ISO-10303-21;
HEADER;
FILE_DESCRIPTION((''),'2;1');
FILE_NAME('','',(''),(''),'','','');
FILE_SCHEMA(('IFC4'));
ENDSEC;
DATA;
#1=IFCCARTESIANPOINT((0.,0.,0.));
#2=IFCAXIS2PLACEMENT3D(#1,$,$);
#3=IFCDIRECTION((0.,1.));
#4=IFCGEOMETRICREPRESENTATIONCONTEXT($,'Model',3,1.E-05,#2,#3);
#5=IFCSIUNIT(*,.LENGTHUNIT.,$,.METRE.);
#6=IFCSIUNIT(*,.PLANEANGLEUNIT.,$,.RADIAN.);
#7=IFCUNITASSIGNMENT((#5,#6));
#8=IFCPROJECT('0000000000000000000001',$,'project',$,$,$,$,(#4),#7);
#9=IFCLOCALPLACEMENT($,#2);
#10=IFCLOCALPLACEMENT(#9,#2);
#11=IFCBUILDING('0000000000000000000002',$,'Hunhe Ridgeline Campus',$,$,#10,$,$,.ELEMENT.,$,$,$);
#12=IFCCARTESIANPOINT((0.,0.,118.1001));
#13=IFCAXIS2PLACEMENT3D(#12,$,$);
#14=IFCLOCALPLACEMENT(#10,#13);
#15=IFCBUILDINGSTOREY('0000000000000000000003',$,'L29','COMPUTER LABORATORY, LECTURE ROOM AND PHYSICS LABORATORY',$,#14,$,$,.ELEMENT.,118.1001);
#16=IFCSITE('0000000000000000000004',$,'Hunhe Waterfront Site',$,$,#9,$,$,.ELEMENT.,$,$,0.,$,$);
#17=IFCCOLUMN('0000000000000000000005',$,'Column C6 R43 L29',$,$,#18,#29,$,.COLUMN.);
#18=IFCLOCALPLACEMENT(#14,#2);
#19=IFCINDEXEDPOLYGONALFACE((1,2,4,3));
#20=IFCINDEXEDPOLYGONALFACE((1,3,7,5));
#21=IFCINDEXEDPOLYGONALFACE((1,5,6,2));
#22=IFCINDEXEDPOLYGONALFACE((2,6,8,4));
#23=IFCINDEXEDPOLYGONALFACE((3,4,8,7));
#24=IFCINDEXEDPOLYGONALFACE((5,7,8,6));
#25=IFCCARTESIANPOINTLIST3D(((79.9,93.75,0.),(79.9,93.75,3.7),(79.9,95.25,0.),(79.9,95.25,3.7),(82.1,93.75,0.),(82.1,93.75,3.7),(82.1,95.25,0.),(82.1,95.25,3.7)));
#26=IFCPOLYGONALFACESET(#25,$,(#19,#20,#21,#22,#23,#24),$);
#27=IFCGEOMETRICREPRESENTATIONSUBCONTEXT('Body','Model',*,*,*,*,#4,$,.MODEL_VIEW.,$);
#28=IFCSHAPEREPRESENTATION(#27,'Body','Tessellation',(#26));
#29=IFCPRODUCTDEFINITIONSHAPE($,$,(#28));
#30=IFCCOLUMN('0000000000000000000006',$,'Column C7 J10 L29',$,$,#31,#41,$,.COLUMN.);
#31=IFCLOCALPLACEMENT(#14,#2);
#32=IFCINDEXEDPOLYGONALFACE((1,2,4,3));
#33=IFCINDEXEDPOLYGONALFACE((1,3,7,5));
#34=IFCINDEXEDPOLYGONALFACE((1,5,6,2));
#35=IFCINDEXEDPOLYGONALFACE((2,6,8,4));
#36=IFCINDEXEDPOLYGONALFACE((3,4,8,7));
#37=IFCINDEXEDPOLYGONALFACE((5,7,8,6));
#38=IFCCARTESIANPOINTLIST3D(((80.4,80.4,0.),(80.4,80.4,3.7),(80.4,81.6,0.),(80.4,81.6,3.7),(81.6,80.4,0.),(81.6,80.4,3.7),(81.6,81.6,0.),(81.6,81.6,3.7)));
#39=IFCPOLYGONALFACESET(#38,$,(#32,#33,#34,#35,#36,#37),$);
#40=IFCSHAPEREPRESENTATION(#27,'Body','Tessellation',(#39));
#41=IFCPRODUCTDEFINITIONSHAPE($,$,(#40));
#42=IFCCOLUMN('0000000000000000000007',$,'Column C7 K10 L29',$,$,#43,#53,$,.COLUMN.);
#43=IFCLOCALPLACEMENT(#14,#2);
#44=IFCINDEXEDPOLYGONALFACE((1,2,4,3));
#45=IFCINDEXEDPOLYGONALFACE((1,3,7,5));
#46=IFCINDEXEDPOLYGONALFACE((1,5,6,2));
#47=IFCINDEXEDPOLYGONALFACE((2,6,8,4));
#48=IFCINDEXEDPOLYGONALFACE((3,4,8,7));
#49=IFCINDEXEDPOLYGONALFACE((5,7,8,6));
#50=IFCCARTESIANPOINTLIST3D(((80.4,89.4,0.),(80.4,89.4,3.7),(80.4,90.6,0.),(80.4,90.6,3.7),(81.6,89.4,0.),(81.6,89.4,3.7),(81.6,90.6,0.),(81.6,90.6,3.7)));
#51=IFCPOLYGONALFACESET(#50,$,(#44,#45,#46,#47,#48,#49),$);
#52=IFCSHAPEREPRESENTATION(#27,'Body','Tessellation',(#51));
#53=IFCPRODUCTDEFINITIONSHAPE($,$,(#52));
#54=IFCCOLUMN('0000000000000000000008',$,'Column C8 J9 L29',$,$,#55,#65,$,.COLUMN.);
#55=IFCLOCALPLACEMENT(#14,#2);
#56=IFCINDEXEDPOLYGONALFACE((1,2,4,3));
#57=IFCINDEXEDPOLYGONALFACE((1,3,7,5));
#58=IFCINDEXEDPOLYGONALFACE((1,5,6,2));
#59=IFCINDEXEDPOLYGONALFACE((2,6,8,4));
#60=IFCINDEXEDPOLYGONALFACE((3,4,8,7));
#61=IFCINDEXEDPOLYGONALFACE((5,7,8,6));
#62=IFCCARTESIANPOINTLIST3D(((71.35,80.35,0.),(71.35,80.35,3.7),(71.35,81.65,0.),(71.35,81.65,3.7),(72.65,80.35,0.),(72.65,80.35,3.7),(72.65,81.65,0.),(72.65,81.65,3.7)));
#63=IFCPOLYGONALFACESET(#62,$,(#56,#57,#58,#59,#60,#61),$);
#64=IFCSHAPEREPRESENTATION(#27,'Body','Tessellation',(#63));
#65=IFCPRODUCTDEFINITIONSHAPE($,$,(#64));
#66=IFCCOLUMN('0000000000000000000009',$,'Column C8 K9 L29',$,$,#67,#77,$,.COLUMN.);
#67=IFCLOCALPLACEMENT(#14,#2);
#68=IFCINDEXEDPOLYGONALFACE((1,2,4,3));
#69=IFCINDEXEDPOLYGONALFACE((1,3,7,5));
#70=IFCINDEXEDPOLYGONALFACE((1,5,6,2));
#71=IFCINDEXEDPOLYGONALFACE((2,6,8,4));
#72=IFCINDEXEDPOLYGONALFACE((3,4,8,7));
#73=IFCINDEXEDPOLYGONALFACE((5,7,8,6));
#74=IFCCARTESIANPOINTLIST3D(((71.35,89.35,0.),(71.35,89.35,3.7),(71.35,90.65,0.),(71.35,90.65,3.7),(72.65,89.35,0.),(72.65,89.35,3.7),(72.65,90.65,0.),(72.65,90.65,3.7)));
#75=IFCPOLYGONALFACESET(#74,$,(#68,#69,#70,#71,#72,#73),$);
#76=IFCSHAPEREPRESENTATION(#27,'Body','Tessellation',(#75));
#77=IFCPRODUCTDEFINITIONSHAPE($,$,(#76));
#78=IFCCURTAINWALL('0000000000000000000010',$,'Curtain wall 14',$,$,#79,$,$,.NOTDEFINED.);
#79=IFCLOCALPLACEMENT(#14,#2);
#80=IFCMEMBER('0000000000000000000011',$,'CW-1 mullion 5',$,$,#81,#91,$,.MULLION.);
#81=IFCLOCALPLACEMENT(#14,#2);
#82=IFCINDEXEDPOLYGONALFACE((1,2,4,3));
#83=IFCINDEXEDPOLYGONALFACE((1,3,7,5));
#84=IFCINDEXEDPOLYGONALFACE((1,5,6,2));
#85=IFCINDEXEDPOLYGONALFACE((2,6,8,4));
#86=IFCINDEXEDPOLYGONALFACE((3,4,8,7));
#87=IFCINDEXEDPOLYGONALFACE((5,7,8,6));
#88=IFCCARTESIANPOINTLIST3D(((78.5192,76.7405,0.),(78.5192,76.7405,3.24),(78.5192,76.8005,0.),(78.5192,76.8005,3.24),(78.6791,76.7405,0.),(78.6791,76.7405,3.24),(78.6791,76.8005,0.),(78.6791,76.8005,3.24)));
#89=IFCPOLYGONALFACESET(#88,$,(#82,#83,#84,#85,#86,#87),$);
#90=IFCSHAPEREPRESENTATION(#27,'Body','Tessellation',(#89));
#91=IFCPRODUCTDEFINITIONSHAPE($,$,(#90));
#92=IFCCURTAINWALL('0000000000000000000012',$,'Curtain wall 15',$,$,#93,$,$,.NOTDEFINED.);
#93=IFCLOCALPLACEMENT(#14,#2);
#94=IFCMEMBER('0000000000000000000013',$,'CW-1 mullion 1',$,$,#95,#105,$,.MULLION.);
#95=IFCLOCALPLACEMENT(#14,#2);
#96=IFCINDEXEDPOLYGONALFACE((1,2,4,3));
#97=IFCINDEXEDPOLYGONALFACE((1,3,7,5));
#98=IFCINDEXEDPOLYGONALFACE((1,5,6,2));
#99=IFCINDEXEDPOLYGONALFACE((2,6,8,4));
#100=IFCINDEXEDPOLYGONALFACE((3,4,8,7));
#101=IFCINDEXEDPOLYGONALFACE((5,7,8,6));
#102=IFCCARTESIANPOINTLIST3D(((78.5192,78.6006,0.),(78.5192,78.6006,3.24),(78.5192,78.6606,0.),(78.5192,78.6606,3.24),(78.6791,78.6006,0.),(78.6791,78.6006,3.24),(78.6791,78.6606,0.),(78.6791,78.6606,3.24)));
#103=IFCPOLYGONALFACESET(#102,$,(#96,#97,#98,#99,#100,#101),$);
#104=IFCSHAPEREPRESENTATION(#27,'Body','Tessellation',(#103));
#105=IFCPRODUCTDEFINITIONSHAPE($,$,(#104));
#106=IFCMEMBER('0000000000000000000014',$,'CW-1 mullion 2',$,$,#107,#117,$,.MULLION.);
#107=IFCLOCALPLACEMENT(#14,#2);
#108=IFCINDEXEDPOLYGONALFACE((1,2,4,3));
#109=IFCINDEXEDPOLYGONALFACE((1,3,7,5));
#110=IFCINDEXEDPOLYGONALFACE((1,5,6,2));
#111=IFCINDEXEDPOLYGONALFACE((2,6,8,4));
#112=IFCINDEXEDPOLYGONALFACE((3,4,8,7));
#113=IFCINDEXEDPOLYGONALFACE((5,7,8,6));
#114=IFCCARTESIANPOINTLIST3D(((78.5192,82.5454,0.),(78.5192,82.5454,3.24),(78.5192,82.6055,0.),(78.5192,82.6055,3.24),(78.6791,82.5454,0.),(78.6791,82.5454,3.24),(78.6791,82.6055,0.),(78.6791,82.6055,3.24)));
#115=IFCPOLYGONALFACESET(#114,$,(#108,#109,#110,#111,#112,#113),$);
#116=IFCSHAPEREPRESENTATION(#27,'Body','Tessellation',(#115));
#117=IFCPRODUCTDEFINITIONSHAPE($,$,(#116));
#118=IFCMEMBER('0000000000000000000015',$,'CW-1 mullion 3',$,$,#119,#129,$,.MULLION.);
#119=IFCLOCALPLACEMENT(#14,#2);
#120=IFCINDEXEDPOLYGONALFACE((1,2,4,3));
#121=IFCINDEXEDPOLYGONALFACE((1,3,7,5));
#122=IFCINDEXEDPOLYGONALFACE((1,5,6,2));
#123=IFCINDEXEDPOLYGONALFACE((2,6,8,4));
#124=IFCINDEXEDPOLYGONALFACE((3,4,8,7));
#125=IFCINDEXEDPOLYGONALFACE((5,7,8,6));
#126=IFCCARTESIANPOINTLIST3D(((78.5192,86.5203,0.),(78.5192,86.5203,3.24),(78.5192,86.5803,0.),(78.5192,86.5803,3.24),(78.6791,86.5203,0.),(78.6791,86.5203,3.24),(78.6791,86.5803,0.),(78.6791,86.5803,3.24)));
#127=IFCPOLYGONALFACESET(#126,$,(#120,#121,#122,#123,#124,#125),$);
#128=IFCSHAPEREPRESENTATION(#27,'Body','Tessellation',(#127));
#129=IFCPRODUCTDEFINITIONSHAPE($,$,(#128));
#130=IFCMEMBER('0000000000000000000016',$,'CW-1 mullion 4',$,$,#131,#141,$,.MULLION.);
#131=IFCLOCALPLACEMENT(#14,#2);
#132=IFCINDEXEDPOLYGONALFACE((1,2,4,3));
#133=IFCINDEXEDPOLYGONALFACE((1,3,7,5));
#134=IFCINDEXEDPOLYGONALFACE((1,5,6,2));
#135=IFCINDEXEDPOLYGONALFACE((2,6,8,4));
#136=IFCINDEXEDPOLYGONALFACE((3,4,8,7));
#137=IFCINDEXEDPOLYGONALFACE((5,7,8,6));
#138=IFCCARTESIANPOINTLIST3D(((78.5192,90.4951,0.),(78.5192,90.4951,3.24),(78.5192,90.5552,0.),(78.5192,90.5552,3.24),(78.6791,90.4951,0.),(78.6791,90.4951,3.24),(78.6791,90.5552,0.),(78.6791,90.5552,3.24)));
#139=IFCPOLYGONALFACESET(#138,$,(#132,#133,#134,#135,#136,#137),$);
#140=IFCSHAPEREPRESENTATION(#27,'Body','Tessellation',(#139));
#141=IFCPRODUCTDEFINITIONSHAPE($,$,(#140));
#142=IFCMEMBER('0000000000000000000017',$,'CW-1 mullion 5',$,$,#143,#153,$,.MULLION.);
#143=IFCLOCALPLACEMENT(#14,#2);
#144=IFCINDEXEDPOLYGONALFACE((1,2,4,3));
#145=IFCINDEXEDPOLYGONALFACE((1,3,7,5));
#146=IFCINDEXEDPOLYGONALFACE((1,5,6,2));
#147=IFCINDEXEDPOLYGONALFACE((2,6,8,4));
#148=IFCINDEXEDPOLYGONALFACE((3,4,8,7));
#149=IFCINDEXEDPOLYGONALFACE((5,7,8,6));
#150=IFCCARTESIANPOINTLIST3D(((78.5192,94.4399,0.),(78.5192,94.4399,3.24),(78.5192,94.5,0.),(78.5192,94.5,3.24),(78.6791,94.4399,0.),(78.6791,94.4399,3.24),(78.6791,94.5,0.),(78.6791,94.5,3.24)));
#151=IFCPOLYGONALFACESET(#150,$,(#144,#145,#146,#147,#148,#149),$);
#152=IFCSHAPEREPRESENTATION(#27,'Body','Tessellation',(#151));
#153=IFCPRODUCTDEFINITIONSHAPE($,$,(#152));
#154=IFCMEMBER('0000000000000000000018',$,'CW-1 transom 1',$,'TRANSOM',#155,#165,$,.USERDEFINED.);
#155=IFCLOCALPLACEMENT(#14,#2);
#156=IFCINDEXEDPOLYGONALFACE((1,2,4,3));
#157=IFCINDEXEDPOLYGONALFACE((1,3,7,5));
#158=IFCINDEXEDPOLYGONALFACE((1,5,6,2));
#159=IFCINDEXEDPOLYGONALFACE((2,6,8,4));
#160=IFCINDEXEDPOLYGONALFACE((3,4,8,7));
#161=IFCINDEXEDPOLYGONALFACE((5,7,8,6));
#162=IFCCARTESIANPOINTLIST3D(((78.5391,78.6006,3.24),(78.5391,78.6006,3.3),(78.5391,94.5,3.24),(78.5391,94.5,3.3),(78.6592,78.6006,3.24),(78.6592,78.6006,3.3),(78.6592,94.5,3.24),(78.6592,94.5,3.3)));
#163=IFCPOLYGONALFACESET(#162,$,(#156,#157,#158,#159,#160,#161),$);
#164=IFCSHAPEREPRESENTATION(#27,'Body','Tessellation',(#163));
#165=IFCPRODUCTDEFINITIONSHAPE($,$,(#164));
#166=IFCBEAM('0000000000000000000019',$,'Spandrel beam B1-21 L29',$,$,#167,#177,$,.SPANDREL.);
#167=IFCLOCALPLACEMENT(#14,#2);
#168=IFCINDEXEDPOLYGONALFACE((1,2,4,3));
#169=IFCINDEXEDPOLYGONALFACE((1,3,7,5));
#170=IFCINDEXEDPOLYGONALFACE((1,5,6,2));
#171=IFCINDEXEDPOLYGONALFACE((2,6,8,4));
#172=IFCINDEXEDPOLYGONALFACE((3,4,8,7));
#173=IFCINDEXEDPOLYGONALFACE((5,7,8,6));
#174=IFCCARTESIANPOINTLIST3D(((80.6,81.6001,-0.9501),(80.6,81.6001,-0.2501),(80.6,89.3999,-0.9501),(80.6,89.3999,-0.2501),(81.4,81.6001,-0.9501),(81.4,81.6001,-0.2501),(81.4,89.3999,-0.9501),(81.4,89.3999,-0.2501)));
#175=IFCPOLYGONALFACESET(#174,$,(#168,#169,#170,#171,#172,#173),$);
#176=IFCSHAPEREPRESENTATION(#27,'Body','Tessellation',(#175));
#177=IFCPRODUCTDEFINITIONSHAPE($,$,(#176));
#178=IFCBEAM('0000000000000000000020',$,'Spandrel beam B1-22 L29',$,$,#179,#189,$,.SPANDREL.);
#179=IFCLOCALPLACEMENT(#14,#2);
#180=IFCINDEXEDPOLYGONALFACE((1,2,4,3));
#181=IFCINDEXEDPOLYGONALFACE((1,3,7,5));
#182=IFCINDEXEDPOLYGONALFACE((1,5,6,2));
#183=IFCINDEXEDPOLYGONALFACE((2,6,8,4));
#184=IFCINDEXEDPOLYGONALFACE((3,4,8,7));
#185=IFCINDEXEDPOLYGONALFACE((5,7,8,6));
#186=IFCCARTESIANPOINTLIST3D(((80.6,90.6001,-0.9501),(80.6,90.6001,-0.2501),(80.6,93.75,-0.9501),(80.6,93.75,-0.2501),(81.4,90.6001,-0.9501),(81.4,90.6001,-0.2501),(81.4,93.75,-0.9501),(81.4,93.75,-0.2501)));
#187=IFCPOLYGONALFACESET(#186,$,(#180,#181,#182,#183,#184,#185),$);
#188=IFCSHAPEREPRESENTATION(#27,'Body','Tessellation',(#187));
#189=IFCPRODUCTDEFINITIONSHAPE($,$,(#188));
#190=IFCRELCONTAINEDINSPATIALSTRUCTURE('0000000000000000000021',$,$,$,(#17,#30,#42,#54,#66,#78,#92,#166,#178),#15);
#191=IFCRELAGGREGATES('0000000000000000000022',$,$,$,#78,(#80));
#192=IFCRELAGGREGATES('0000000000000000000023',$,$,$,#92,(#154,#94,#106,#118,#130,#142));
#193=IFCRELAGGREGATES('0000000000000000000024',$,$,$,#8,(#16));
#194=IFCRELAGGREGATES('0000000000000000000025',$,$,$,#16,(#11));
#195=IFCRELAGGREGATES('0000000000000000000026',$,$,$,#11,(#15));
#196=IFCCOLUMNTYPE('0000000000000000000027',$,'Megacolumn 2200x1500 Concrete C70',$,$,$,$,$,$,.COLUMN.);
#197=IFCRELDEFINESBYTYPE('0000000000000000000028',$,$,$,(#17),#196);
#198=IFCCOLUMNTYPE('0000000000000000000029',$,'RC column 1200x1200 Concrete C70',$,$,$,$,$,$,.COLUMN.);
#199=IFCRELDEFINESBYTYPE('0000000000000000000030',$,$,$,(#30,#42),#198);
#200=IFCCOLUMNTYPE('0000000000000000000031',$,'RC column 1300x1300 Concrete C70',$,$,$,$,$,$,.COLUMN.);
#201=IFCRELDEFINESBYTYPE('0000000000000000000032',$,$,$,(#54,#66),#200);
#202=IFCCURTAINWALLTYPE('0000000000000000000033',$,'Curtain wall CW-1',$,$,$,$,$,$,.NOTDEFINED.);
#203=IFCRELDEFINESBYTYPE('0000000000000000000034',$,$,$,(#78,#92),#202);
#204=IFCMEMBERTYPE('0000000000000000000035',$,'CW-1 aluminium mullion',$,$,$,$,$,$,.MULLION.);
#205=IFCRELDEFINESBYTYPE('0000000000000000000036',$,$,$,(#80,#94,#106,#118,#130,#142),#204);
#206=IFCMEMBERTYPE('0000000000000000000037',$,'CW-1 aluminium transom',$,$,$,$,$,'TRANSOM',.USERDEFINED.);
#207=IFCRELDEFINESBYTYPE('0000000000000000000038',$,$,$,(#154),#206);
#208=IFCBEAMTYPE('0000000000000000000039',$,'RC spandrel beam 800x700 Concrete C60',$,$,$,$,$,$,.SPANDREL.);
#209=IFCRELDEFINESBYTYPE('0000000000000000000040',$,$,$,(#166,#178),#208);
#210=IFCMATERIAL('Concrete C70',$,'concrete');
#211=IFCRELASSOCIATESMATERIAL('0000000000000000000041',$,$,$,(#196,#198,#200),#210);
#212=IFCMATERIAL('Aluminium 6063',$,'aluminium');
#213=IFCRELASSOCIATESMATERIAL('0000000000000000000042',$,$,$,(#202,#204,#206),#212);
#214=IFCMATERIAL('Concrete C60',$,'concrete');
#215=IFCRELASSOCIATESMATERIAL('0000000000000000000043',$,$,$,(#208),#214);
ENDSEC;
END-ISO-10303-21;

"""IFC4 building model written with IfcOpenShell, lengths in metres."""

from ifc_helpers import new_model, si_unit, direction, frame, origin, origin_2d, place, context, subcontext, project, spatial, rectangle, extrude, material, material_profile, profile_set, type_object, element, aggregate, save


model = new_model("IFC4")

# Units and contexts
model_context = context("Model", 3, precision=1e-05, world=origin(), true_north=direction((0.0, 1.0)))
body_context = subcontext(model_context, "Body", "Model", "MODEL_VIEW")
ifc_project = project(units=[si_unit("LENGTHUNIT", "METRE"), si_unit("PLANEANGLEUNIT", "RADIAN")], contexts=[model_context])

# Site, building, storey
site_placement = place(None, origin())
site = spatial("IfcSite", under=ifc_project, at=site_placement, Name="Hunhe Waterfront Site", CompositionType="ELEMENT", RefElevation=0.0)
building_placement = place(site_placement, origin())
building = spatial("IfcBuilding", under=site, at=building_placement, Name="Hunhe Ridgeline Campus", CompositionType="ELEMENT")
storey_placement = place(building_placement, frame((0.0, 0.0, 118.1001)))
storey = spatial("IfcBuildingStorey", under=building, at=storey_placement, Name="L29", Description="COMPUTER LABORATORY, LECTURE ROOM AND PHYSICS LABORATORY", CompositionType="ELEMENT", Elevation=118.1001)

# Columns
ifc_material_1 = material(Name="Concrete C70", Category="concrete")
ifc_material_profile_1 = material_profile(ifc_material_1, rectangle(XDim=2.2, YDim=1.5, at=origin_2d()))
ifc_profile_set_1 = profile_set([ifc_material_profile_1], Name="Concrete C70")
column_type_1 = type_object("IfcColumnType", Name="Megacolumn 2200x1500 Concrete C70", PredefinedType="COLUMN", material=ifc_profile_set_1)
column_placement = place(storey_placement, frame((81.0, 94.5, 0.0), z_axis=(0.0, 0.0, 1.0), x_axis=(1.0, 0.0, 0.0)))
element("IfcColumn", 1, at=column_placement, inside=storey, type_object=column_type_1, Name="Column C6 R43 L29", PredefinedType="COLUMN", context=body_context, shape_type="SweptSolid", body=[
    extrude(rectangle(XDim=2.2, YDim=1.5, at=origin_2d()), origin(), (0.0, 0.0, 1.0), 3.7),
])
ifc_material_profile_2 = material_profile(ifc_material_1, rectangle(XDim=1.2, YDim=1.2, at=origin_2d()))
ifc_profile_set_2 = profile_set([ifc_material_profile_2], Name="Concrete C70")
column_type_2 = type_object("IfcColumnType", Name="RC column 1200x1200 Concrete C70", PredefinedType="COLUMN", material=ifc_profile_set_2)
for number, where, z_axis, x_axis, name in (
    (2, (81.0, 81.0, 0.0), (0.0, 0.0, 1.0), (1.0, 0.0, 0.0), "Column C7 J10 L29"),
    (3, (81.0, 90.0, 0.0), (0.0, 0.0, 1.0), (1.0, 0.0, 0.0), "Column C7 K10 L29"),
):
    element("IfcColumn", number, at=place(storey_placement, frame(where, z_axis=z_axis, x_axis=x_axis)), inside=storey, type_object=column_type_2, Name=name, PredefinedType="COLUMN", context=body_context, shape_type="SweptSolid", body=[
        extrude(rectangle(XDim=1.2, YDim=1.2, at=origin_2d()), origin(), (0.0, 0.0, 1.0), 3.7),
    ])
ifc_material_profile_3 = material_profile(ifc_material_1, rectangle(XDim=1.3, YDim=1.3, at=origin_2d()))
ifc_profile_set_3 = profile_set([ifc_material_profile_3], Name="Concrete C70")
column_type_3 = type_object("IfcColumnType", Name="RC column 1300x1300 Concrete C70", PredefinedType="COLUMN", material=ifc_profile_set_3)
for number, where, z_axis, x_axis, name in (
    (4, (72.0, 81.0, 0.0), (0.0, 0.0, 1.0), (1.0, 0.0, 0.0), "Column C8 J9 L29"),
    (5, (72.0, 90.0, 0.0), (0.0, 0.0, 1.0), (1.0, 0.0, 0.0), "Column C8 K9 L29"),
):
    element("IfcColumn", number, at=place(storey_placement, frame(where, z_axis=z_axis, x_axis=x_axis)), inside=storey, type_object=column_type_3, Name=name, PredefinedType="COLUMN", context=body_context, shape_type="SweptSolid", body=[
        extrude(rectangle(XDim=1.3, YDim=1.3, at=origin_2d()), origin(), (0.0, 0.0, 1.0), 3.7),
    ])

# Curtain wall, member
ifc_material_2 = material(Name="Aluminium 6063", Category="aluminium")
curtain_wall_type = type_object("IfcCurtainWallType", Name="Curtain wall CW-1", PredefinedType="NOTDEFINED", material=ifc_material_2)
curtain_wall_1_placement = place(storey_placement, origin())
curtain_wall_1 = element("IfcCurtainWall", 6, at=curtain_wall_1_placement, inside=storey, type_object=curtain_wall_type, Name="Curtain wall 14", PredefinedType="NOTDEFINED")
ifc_material_profile_4 = material_profile(ifc_material_2, rectangle(XDim=0.1599, YDim=0.0601, at=origin_2d()))
ifc_profile_set_4 = profile_set([ifc_material_profile_4], Name="Aluminium 6063")
member_type_1 = type_object("IfcMemberType", Name="CW-1 aluminium mullion", PredefinedType="MULLION", material=ifc_profile_set_4)
member_1_placement = place(storey_placement, frame((78.5991, 76.7705, 0.0), z_axis=(0.0, 0.0, 1.0), x_axis=(-1.0, 0.0, 0.0)))
member_1 = element("IfcMember", 7, at=member_1_placement, type_object=member_type_1, Name="CW-1 mullion 5", PredefinedType="MULLION", context=body_context, shape_type="SweptSolid", body=[
    extrude(rectangle(XDim=0.1599, YDim=0.0601, at=origin_2d()), origin(), (0.0, 0.0, 1.0), 3.24),
])

# Curtain wall, members
curtain_wall_2_placement = place(storey_placement, origin())
curtain_wall_2 = element("IfcCurtainWall", 8, at=curtain_wall_2_placement, inside=storey, type_object=curtain_wall_type, Name="Curtain wall 15", PredefinedType="NOTDEFINED")
member_2_placement = place(storey_placement, frame((78.5991, 78.6306, 0.0), z_axis=(0.0, 0.0, 1.0), x_axis=(-1.0, 0.0, 0.0)))
member_2 = element("IfcMember", 9, at=member_2_placement, type_object=member_type_1, Name="CW-1 mullion 1", PredefinedType="MULLION", context=body_context, shape_type="SweptSolid", body=[
    extrude(rectangle(XDim=0.1599, YDim=0.0601, at=origin_2d()), origin(), (0.0, 0.0, 1.0), 3.24),
])
member_3_placement = place(storey_placement, frame((78.5991, 82.5754, 0.0), z_axis=(0.0, 0.0, 1.0), x_axis=(-1.0, 0.0, 0.0)))
member_3 = element("IfcMember", 10, at=member_3_placement, type_object=member_type_1, Name="CW-1 mullion 2", PredefinedType="MULLION", context=body_context, shape_type="SweptSolid", body=[
    extrude(rectangle(XDim=0.1599, YDim=0.0601, at=origin_2d()), origin(), (0.0, 0.0, 1.0), 3.24),
])
member_4_placement = place(storey_placement, frame((78.5991, 86.5503, 0.0), z_axis=(0.0, 0.0, 1.0), x_axis=(-1.0, 0.0, 0.0)))
member_4 = element("IfcMember", 11, at=member_4_placement, type_object=member_type_1, Name="CW-1 mullion 3", PredefinedType="MULLION", context=body_context, shape_type="SweptSolid", body=[
    extrude(rectangle(XDim=0.1599, YDim=0.0601, at=origin_2d()), origin(), (0.0, 0.0, 1.0), 3.24),
])
member_5_placement = place(storey_placement, frame((78.5991, 90.5251, 0.0), z_axis=(0.0, 0.0, 1.0), x_axis=(-1.0, 0.0, 0.0)))
member_5 = element("IfcMember", 12, at=member_5_placement, type_object=member_type_1, Name="CW-1 mullion 4", PredefinedType="MULLION", context=body_context, shape_type="SweptSolid", body=[
    extrude(rectangle(XDim=0.1599, YDim=0.0601, at=origin_2d()), origin(), (0.0, 0.0, 1.0), 3.24),
])
member_6_placement = place(storey_placement, frame((78.5991, 94.47, 0.0), z_axis=(0.0, 0.0, 1.0), x_axis=(-1.0, 0.0, 0.0)))
member_6 = element("IfcMember", 13, at=member_6_placement, type_object=member_type_1, Name="CW-1 mullion 5", PredefinedType="MULLION", context=body_context, shape_type="SweptSolid", body=[
    extrude(rectangle(XDim=0.1599, YDim=0.0601, at=origin_2d()), origin(), (0.0, 0.0, 1.0), 3.24),
])
ifc_material_profile_5 = material_profile(ifc_material_2, rectangle(XDim=0.1201, YDim=0.0601, at=origin_2d()))
ifc_profile_set_5 = profile_set([ifc_material_profile_5], Name="Aluminium 6063")
member_type_2 = type_object("IfcMemberType", Name="CW-1 aluminium transom", ElementType="TRANSOM", PredefinedType="USERDEFINED", material=ifc_profile_set_5)
member_7_placement = place(storey_placement, frame((78.5991, 78.6006, 3.27), z_axis=(0.0, 1.0, 0.0), x_axis=(-1.0, 0.0, 0.0)))
member_7 = element("IfcMember", 14, at=member_7_placement, type_object=member_type_2, Name="CW-1 transom 1", ObjectType="TRANSOM", PredefinedType="USERDEFINED", context=body_context, shape_type="SweptSolid", body=[
    extrude(rectangle(XDim=0.1201, YDim=0.0601, at=origin_2d()), origin(), (0.0, 0.0, 1.0), 15.8994),
])

# Beams
ifc_material_3 = material(Name="Concrete C60", Category="concrete")
ifc_material_profile_6 = material_profile(ifc_material_3, rectangle(XDim=0.8, YDim=0.7, at=origin_2d()))
ifc_profile_set_6 = profile_set([ifc_material_profile_6], Name="Concrete C60")
beam_type = type_object("IfcBeamType", Name="RC spandrel beam 800x700 Concrete C60", PredefinedType="SPANDREL", material=ifc_profile_set_6)
beam_1_placement = place(storey_placement, frame((81.0, 81.6001, -0.6001), z_axis=(0.0, 1.0, 0.0), x_axis=(-1.0, 0.0, 0.0)))
element("IfcBeam", 15, at=beam_1_placement, inside=storey, type_object=beam_type, Name="Spandrel beam B1-21 L29", PredefinedType="SPANDREL", context=body_context, shape_type="SweptSolid", body=[
    extrude(rectangle(XDim=0.8, YDim=0.7, at=origin_2d()), origin(), (0.0, 0.0, 1.0), 7.7998),
])
beam_2_placement = place(storey_placement, frame((81.0, 90.6001, -0.6001), z_axis=(0.0, 1.0, 0.0), x_axis=(-1.0, 0.0, 0.0)))
element("IfcBeam", 16, at=beam_2_placement, inside=storey, type_object=beam_type, Name="Spandrel beam B1-22 L29", PredefinedType="SPANDREL", context=body_context, shape_type="SweptSolid", body=[
    extrude(rectangle(XDim=0.8, YDim=0.7, at=origin_2d()), origin(), (0.0, 0.0, 1.0), 3.1499),
])

aggregate(curtain_wall_1, [member_1])
aggregate(curtain_wall_2, [member_7, member_2, member_3, member_4, member_5, member_6])

save(model, "model.ifc")
